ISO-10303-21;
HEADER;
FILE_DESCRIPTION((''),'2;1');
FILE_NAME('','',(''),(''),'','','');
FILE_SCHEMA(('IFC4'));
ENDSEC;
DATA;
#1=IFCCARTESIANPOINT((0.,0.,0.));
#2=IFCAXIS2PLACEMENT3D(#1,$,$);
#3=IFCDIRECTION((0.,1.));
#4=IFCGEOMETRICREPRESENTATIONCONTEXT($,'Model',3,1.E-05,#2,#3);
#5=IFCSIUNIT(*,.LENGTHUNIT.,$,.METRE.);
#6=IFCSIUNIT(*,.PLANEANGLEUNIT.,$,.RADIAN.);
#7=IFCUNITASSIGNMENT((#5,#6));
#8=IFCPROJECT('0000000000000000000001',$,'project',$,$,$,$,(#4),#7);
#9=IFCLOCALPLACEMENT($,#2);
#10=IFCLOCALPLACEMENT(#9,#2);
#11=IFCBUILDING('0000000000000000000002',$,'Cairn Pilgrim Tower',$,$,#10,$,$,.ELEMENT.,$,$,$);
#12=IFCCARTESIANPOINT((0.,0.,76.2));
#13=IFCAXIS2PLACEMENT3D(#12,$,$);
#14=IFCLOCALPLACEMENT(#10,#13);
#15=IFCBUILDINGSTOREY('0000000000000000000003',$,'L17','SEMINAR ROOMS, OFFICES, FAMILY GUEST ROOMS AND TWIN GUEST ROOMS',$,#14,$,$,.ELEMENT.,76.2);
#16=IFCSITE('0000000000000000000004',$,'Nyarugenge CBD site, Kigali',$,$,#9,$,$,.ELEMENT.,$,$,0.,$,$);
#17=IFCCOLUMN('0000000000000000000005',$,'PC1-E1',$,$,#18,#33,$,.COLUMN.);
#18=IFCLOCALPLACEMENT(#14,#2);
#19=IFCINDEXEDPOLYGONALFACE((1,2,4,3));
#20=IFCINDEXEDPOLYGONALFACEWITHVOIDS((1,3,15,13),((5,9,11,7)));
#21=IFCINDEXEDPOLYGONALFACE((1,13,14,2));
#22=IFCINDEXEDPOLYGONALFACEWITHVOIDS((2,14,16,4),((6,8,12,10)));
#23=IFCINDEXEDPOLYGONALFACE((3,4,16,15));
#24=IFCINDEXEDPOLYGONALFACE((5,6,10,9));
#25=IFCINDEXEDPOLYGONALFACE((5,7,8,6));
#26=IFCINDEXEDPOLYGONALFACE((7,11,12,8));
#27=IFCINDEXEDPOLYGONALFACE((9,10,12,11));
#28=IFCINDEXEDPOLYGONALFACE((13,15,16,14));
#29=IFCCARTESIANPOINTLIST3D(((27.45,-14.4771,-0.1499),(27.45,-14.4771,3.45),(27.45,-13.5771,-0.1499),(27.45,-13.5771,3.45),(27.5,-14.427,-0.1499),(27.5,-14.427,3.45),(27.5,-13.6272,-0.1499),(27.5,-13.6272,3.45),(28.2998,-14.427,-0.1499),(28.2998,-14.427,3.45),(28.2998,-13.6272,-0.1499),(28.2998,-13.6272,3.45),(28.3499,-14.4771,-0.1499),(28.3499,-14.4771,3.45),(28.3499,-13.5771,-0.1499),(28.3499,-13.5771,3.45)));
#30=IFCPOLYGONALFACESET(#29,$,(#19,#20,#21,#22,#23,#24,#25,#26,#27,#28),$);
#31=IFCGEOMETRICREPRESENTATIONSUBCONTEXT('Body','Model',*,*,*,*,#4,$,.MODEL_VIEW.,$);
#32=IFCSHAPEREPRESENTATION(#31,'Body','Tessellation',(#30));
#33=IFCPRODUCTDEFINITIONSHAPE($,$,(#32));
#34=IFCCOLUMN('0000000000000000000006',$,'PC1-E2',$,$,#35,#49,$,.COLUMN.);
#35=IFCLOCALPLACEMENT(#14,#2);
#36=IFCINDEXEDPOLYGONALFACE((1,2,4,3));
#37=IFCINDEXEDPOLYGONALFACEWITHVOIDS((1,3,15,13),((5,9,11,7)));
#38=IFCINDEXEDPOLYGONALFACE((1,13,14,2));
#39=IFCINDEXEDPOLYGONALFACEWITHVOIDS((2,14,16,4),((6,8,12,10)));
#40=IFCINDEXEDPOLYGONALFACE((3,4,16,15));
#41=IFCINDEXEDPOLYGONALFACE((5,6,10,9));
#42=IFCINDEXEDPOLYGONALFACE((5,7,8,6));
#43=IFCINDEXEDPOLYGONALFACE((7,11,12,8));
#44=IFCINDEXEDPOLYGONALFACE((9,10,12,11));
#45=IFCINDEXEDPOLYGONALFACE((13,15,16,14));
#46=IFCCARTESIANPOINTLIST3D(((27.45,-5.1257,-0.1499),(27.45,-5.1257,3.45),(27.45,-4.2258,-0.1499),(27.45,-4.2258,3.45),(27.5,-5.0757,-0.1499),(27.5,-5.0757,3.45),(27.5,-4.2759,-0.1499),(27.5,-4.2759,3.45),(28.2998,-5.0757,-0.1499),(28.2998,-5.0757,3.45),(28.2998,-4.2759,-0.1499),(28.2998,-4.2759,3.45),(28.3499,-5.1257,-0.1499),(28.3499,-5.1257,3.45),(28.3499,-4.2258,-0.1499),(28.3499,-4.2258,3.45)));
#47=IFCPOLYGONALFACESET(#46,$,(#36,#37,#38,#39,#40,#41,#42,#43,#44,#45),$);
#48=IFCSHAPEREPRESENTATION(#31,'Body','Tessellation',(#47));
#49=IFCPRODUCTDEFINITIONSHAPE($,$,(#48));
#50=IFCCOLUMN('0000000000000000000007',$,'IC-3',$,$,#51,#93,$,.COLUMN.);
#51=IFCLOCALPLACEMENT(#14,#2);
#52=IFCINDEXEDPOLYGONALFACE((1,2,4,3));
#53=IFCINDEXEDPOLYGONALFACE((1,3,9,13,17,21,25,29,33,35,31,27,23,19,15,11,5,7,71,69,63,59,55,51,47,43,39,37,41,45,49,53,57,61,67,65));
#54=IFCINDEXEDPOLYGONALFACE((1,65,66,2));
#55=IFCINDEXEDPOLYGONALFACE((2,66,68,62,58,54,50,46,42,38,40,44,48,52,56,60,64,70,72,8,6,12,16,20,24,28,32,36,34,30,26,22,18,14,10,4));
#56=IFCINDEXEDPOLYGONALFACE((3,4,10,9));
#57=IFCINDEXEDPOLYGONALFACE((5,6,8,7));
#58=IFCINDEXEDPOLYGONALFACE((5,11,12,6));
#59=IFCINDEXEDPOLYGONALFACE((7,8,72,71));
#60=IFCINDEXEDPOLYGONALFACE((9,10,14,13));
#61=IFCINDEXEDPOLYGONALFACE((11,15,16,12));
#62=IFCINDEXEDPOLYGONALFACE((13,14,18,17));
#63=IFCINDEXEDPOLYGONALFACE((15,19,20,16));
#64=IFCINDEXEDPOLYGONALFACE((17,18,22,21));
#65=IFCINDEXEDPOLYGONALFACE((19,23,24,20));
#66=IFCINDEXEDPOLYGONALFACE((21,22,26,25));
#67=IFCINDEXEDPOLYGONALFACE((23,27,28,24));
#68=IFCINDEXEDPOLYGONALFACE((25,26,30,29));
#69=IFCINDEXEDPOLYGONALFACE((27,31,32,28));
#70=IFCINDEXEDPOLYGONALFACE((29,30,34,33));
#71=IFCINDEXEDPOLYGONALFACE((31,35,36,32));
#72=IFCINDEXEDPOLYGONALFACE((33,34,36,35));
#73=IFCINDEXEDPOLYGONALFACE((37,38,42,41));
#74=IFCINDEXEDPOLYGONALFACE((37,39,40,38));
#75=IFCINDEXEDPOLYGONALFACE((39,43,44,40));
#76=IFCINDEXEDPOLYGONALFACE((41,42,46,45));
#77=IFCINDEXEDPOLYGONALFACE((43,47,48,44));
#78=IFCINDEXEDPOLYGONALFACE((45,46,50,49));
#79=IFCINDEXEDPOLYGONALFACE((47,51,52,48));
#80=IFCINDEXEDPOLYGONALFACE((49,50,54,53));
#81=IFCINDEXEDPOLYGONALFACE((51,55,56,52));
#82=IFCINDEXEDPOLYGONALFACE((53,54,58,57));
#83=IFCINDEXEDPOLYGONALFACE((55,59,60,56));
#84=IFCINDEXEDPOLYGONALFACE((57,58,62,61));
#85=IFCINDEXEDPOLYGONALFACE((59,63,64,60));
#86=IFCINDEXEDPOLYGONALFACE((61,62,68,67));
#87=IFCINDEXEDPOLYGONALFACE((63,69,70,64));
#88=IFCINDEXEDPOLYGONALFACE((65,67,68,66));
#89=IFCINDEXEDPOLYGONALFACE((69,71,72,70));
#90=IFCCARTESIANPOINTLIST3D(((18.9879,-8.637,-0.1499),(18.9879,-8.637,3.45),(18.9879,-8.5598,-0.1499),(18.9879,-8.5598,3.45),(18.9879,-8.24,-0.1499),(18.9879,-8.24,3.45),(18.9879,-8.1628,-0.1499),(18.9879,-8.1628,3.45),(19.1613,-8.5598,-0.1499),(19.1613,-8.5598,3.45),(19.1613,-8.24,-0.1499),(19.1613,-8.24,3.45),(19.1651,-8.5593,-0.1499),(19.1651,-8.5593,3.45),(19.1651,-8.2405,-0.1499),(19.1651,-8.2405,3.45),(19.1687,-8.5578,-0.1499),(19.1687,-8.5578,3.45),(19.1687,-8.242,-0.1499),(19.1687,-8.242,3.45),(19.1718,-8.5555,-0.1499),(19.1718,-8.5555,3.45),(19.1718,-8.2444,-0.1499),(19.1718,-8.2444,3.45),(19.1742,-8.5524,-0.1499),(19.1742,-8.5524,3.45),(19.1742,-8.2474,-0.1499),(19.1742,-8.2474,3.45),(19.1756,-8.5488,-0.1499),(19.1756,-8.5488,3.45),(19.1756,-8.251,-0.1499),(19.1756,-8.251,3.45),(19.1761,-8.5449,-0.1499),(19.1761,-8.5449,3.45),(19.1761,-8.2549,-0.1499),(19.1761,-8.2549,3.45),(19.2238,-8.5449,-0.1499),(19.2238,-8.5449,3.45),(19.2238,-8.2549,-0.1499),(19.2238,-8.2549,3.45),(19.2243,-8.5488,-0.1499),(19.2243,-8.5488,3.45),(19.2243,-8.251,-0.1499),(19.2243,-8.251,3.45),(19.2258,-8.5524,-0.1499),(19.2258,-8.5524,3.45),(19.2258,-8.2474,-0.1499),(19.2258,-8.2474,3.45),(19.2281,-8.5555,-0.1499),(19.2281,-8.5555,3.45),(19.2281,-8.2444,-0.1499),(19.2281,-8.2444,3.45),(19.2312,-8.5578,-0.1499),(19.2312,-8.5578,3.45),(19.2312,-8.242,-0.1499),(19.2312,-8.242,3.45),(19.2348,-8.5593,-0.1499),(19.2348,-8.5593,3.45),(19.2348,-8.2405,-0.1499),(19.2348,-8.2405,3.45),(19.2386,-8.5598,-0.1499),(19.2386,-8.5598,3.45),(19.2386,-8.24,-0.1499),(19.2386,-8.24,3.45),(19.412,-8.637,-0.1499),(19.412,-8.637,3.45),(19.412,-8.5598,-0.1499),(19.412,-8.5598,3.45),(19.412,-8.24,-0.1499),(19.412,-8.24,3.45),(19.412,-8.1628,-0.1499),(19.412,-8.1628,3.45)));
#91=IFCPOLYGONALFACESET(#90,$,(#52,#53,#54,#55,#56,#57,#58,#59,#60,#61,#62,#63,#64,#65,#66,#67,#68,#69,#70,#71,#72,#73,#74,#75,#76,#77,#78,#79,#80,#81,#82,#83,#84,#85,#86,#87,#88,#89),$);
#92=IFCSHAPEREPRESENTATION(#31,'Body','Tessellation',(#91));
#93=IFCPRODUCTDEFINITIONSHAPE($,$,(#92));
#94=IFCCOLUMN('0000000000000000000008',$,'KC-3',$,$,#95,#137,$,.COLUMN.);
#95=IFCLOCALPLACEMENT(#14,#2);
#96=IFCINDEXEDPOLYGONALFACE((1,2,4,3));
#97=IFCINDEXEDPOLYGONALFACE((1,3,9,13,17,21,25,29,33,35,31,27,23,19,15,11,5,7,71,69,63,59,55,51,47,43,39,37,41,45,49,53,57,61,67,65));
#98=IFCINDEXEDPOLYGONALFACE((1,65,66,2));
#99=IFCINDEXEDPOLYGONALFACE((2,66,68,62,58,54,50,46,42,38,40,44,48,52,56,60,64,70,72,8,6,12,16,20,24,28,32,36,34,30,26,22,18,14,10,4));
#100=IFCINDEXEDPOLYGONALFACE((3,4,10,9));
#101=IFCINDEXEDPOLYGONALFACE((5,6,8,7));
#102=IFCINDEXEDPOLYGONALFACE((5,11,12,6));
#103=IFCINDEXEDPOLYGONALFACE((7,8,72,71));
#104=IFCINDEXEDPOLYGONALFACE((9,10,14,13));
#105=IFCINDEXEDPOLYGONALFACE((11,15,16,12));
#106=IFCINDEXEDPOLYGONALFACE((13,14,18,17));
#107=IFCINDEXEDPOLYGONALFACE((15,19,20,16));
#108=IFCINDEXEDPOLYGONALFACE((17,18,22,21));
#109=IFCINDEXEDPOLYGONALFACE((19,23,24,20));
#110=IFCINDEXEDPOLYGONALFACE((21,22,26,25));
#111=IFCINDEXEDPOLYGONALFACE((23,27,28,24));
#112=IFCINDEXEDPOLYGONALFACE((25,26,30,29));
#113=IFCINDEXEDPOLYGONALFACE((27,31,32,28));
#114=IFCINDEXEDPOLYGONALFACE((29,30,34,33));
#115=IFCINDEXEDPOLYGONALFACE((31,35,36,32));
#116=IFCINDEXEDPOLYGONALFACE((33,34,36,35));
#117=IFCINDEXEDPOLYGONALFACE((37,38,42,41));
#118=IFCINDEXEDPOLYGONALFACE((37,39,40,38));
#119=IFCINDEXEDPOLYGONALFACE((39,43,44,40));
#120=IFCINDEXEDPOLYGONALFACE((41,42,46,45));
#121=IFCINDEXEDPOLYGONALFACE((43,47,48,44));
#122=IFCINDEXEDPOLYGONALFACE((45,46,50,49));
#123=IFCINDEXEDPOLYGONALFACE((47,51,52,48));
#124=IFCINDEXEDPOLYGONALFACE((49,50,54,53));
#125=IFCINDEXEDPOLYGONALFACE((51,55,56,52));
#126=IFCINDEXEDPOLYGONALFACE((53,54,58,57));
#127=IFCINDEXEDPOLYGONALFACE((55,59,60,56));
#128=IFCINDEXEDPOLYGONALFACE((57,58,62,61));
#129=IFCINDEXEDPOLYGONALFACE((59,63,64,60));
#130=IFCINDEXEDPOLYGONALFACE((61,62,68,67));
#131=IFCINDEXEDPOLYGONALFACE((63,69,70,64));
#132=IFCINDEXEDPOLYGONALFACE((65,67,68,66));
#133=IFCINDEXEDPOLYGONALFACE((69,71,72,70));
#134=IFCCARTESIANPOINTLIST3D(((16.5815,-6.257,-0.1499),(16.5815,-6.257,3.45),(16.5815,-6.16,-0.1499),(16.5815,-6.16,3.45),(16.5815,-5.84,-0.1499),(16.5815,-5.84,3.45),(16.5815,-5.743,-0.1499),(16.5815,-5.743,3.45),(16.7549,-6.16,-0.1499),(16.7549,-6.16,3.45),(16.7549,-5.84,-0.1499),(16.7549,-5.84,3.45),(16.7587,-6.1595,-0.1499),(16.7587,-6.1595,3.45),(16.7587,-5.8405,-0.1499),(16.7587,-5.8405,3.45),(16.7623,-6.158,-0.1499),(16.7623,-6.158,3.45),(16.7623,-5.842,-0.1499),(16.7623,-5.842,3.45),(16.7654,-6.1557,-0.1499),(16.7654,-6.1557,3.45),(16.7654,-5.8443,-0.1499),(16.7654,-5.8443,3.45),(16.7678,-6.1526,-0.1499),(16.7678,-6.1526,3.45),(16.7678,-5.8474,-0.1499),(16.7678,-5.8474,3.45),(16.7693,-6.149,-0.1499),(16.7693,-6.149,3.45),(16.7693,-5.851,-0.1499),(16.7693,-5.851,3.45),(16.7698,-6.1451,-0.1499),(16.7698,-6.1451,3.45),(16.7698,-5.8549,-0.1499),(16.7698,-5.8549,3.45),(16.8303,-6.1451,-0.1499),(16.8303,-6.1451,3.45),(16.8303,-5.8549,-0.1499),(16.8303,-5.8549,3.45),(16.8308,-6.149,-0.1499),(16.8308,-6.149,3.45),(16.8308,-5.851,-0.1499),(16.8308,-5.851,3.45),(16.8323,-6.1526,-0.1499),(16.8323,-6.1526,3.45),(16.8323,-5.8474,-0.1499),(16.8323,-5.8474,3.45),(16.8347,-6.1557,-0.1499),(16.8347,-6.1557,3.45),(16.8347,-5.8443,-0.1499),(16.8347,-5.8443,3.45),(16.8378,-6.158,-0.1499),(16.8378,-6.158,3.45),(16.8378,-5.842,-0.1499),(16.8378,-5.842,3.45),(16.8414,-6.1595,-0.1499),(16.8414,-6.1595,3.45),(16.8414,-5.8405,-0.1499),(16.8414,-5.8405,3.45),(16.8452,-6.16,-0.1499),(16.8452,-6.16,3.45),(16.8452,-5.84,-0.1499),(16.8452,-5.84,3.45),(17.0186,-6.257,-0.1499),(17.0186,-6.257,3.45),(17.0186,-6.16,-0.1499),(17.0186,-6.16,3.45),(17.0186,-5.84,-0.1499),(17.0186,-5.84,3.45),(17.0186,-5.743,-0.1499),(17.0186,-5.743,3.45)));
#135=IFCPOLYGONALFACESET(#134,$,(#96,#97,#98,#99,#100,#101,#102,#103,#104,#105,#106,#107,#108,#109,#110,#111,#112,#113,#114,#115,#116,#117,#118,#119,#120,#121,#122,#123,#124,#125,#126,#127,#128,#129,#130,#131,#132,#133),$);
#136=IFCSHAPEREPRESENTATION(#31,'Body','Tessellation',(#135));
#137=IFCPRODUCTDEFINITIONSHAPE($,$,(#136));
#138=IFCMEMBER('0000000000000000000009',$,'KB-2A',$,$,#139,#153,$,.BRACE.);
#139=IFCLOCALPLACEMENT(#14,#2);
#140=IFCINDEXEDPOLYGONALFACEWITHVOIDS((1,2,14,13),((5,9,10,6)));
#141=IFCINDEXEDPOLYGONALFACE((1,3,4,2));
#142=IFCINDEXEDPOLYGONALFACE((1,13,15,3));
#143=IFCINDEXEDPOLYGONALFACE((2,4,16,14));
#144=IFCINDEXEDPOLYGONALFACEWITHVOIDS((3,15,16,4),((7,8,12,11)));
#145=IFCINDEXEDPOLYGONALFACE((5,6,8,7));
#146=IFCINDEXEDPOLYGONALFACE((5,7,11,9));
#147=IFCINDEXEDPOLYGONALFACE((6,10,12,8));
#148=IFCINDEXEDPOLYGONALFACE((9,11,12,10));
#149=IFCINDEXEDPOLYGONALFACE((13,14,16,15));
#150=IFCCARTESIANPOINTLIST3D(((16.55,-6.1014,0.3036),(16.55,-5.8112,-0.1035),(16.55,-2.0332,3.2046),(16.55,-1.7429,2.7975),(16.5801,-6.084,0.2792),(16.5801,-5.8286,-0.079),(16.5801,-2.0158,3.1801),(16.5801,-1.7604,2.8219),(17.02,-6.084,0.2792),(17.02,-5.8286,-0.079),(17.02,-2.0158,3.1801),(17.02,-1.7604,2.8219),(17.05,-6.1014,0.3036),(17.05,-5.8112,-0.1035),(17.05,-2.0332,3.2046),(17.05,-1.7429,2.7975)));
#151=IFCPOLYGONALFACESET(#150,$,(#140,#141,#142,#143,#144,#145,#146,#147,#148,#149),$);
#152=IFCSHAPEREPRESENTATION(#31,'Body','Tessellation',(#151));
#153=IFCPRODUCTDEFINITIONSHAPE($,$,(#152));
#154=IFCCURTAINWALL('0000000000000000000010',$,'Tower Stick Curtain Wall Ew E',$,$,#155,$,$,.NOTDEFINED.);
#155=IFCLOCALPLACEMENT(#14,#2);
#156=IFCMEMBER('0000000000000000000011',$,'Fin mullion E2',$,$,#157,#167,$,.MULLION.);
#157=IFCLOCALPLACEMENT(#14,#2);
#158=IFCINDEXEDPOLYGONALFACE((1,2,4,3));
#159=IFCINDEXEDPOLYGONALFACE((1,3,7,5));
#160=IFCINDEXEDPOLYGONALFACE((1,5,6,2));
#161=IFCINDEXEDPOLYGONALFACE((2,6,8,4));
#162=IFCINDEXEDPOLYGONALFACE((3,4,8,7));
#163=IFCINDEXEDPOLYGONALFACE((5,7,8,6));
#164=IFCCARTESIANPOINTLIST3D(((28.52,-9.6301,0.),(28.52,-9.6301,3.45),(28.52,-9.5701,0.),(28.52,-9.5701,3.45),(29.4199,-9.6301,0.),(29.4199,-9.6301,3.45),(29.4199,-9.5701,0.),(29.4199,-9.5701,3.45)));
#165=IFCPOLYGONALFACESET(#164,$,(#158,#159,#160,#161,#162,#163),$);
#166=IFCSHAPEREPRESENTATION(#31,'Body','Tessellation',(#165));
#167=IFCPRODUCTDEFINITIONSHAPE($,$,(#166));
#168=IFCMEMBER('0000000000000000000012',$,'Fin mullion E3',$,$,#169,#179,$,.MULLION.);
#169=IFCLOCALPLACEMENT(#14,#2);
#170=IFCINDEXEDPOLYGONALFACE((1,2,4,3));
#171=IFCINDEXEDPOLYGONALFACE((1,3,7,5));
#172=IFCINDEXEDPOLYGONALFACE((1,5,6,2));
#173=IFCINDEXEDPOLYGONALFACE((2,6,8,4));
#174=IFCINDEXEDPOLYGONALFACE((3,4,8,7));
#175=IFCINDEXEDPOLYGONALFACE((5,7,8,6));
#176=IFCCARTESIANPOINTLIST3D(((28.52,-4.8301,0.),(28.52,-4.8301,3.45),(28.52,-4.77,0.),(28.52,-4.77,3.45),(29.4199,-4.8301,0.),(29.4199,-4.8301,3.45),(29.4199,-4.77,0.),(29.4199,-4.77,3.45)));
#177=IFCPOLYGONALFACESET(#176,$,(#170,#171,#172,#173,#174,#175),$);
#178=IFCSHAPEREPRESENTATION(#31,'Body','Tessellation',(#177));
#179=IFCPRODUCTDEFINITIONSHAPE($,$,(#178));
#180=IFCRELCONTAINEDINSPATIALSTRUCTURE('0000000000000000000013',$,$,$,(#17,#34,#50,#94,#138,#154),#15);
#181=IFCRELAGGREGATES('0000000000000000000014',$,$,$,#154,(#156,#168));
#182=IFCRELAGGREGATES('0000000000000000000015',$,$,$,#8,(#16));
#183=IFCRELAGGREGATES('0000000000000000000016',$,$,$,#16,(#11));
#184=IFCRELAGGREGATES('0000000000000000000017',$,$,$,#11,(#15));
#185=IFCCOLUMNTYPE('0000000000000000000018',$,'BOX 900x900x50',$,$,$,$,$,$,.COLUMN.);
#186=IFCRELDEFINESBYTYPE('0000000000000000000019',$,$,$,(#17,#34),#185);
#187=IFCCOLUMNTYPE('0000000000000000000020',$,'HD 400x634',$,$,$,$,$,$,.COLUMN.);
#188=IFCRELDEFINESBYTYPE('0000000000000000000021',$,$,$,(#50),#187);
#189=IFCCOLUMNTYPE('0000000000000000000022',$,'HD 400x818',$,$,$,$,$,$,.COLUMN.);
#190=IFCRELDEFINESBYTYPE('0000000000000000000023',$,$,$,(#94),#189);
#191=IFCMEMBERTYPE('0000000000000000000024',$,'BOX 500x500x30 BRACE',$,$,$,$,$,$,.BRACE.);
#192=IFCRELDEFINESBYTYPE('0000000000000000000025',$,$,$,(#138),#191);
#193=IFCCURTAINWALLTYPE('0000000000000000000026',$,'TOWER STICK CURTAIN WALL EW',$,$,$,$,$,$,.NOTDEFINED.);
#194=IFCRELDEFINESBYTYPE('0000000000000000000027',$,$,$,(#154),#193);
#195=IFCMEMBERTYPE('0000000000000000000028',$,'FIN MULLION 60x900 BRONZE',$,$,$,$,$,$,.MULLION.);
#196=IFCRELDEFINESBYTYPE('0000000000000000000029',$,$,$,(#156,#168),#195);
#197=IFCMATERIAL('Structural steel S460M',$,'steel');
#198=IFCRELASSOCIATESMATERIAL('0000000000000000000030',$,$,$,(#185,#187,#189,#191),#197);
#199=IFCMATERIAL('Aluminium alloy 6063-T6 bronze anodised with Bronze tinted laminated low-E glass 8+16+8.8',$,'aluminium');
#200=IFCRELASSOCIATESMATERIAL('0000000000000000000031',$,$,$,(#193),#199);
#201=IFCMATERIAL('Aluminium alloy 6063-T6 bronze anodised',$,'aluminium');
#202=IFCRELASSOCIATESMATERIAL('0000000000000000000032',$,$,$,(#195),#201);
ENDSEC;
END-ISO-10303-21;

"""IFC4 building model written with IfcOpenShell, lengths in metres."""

from ifc_helpers import new_model, si_unit, direction, frame, origin, origin_2d, place, context, subcontext, project, spatial, rectangle, hollow_rectangle, i_section, extrude, material, material_profile, profile_set, type_object, element, aggregate, save


model = new_model("IFC4")

# Units and contexts
model_context = context("Model", 3, precision=1e-05, world=origin(), true_north=direction((0.0, 1.0)))
body_context = subcontext(model_context, "Body", "Model", "MODEL_VIEW")
ifc_project = project(units=[si_unit("LENGTHUNIT", "METRE"), si_unit("PLANEANGLEUNIT", "RADIAN")], contexts=[model_context])

# Site, building, storey
site_placement = place(None, origin())
site = spatial("IfcSite", under=ifc_project, at=site_placement, Name="Nyarugenge CBD site, Kigali", CompositionType="ELEMENT", RefElevation=0.0)
building_placement = place(site_placement, origin())
building = spatial("IfcBuilding", under=site, at=building_placement, Name="Cairn Pilgrim Tower", CompositionType="ELEMENT")
storey_placement = place(building_placement, frame((0.0, 0.0, 76.2)))
storey = spatial("IfcBuildingStorey", under=building, at=storey_placement, Name="L17", Description="SEMINAR ROOMS, OFFICES, FAMILY GUEST ROOMS AND TWIN GUEST ROOMS", CompositionType="ELEMENT", Elevation=76.2)

# Columns
ifc_material_1 = material(Name="Structural steel S460M", Category="steel")
ifc_material_profile_1 = material_profile(ifc_material_1, hollow_rectangle(XDim=0.8999, YDim=0.8999, WallThickness=0.05, at=origin_2d()), Name="BOX 900x900x50")
ifc_profile_set_1 = profile_set([ifc_material_profile_1], Name="Structural steel S460M")
column_type_1 = type_object("IfcColumnType", Name="BOX 900x900x50", PredefinedType="COLUMN", material=ifc_profile_set_1)
for number, where, z_axis, x_axis, name in (
    (1, (27.8999, -14.0271, -0.1499), (0.0, 0.0, 1.0), (1.0, 0.0, 0.0), "PC1-E1"),
    (2, (27.8999, -4.6758, -0.1499), (0.0, 0.0, 1.0), (1.0, 0.0, 0.0), "PC1-E2"),
):
    element("IfcColumn", number, at=place(storey_placement, frame(where, z_axis=z_axis, x_axis=x_axis)), inside=storey, type_object=column_type_1, Name=name, PredefinedType="COLUMN", context=body_context, shape_type="SweptSolid", body=[
        extrude(hollow_rectangle(XDim=0.8999, YDim=0.8999, WallThickness=0.05, at=origin_2d()), origin(), (0.0, 0.0, 1.0), 3.5999),
    ])
ifc_material_profile_2 = material_profile(ifc_material_1, i_section(OverallWidth=0.4241, OverallDepth=0.4741, WebThickness=0.0476, FlangeThickness=0.0771, FilletRadius=0.0149, at=origin_2d()), Name="HD 400x634")
ifc_profile_set_2 = profile_set([ifc_material_profile_2], Name="Structural steel S460M")
column_type_2 = type_object("IfcColumnType", Name="HD 400x634", PredefinedType="COLUMN", material=ifc_profile_set_2)
column_1_placement = place(storey_placement, frame((19.2, -8.3999, -0.1499), z_axis=(0.0, 0.0, 1.0), x_axis=(1.0, 0.0, 0.0)))
element("IfcColumn", 3, at=column_1_placement, inside=storey, type_object=column_type_2, Name="IC-3", PredefinedType="COLUMN", context=body_context, shape_type="SweptSolid", body=[
    extrude(i_section(OverallWidth=0.4241, OverallDepth=0.4741, WebThickness=0.0476, FlangeThickness=0.0771, FilletRadius=0.0149, at=origin_2d()), origin(), (0.0, 0.0, 1.0), 3.5999),
])
ifc_material_profile_3 = material_profile(ifc_material_1, i_section(OverallWidth=0.437, OverallDepth=0.5139, WebThickness=0.0605, FlangeThickness=0.0969, FilletRadius=0.0149, at=origin_2d()), Name="HD 400x818")
ifc_profile_set_3 = profile_set([ifc_material_profile_3], Name="Structural steel S460M")
column_type_3 = type_object("IfcColumnType", Name="HD 400x818", PredefinedType="COLUMN", material=ifc_profile_set_3)
column_2_placement = place(storey_placement, frame((16.8, -6.0, -0.1499), z_axis=(0.0, 0.0, 1.0), x_axis=(1.0, 0.0, 0.0)))
element("IfcColumn", 4, at=column_2_placement, inside=storey, type_object=column_type_3, Name="KC-3", PredefinedType="COLUMN", context=body_context, shape_type="SweptSolid", body=[
    extrude(i_section(OverallWidth=0.437, OverallDepth=0.5139, WebThickness=0.0605, FlangeThickness=0.0969, FilletRadius=0.0149, at=origin_2d()), origin(), (0.0, 0.0, 1.0), 3.5999),
])

# Member
ifc_material_profile_4 = material_profile(ifc_material_1, hollow_rectangle(XDim=0.5, YDim=0.5, WallThickness=0.03, at=origin_2d()), Name="BOX 500x500x30")
ifc_profile_set_4 = profile_set([ifc_material_profile_4], Name="Structural steel S460M")
member_type_1 = type_object("IfcMemberType", Name="BOX 500x500x30 BRACE", PredefinedType="BRACE", material=ifc_profile_set_4)
member_1_placement = place(storey_placement, frame((16.8, -5.9563, 0.1001), z_axis=(0.0, 0.814199, 0.580586), x_axis=(-1.0, 0.0, 0.0)))
element("IfcMember", 5, at=member_1_placement, inside=storey, type_object=member_type_1, Name="KB-2A", PredefinedType="BRACE", context=body_context, shape_type="SweptSolid", body=[
    extrude(hollow_rectangle(XDim=0.5, YDim=0.5, WallThickness=0.03, at=origin_2d()), origin(), (0.0, 0.0, 1.0), 4.9966),
])

# Curtain wall, members
ifc_material_2 = material(Name="Aluminium alloy 6063-T6 bronze anodised with Bronze tinted laminated low-E glass 8+16+8.8", Category="aluminium")
curtain_wall_type = type_object("IfcCurtainWallType", Name="TOWER STICK CURTAIN WALL EW", PredefinedType="NOTDEFINED", material=ifc_material_2)
curtain_wall_placement = place(storey_placement, origin())
curtain_wall = element("IfcCurtainWall", 6, at=curtain_wall_placement, inside=storey, type_object=curtain_wall_type, Name="Tower Stick Curtain Wall Ew E", PredefinedType="NOTDEFINED")
ifc_material_3 = material(Name="Aluminium alloy 6063-T6 bronze anodised", Category="aluminium")
ifc_material_profile_5 = material_profile(ifc_material_3, rectangle(XDim=0.8999, YDim=0.0601, at=origin_2d()), Name="FIN MULLION 60x900 BRONZE")
ifc_profile_set_5 = profile_set([ifc_material_profile_5], Name="Aluminium alloy 6063-T6 bronze anodised")
member_type_2 = type_object("IfcMemberType", Name="FIN MULLION 60x900 BRONZE", PredefinedType="MULLION", material=ifc_profile_set_5)
member_2_placement = place(storey_placement, frame((28.97, -9.6001, 0.0), z_axis=(0.0, 0.0, 1.0), x_axis=(1.0, 0.0, 0.0)))
member_2 = element("IfcMember", 7, at=member_2_placement, type_object=member_type_2, Name="Fin mullion E2", PredefinedType="MULLION", context=body_context, shape_type="SweptSolid", body=[
    extrude(rectangle(XDim=0.8999, YDim=0.0601, at=origin_2d()), origin(), (0.0, 0.0, 1.0), 3.45),
])
member_3_placement = place(storey_placement, frame((28.97, -4.8, 0.0), z_axis=(0.0, 0.0, 1.0), x_axis=(1.0, 0.0, 0.0)))
member_3 = element("IfcMember", 8, at=member_3_placement, type_object=member_type_2, Name="Fin mullion E3", PredefinedType="MULLION", context=body_context, shape_type="SweptSolid", body=[
    extrude(rectangle(XDim=0.8999, YDim=0.0601, at=origin_2d()), origin(), (0.0, 0.0, 1.0), 3.45),
])

aggregate(curtain_wall, [member_2, member_3])

save(model, "model.ifc")
